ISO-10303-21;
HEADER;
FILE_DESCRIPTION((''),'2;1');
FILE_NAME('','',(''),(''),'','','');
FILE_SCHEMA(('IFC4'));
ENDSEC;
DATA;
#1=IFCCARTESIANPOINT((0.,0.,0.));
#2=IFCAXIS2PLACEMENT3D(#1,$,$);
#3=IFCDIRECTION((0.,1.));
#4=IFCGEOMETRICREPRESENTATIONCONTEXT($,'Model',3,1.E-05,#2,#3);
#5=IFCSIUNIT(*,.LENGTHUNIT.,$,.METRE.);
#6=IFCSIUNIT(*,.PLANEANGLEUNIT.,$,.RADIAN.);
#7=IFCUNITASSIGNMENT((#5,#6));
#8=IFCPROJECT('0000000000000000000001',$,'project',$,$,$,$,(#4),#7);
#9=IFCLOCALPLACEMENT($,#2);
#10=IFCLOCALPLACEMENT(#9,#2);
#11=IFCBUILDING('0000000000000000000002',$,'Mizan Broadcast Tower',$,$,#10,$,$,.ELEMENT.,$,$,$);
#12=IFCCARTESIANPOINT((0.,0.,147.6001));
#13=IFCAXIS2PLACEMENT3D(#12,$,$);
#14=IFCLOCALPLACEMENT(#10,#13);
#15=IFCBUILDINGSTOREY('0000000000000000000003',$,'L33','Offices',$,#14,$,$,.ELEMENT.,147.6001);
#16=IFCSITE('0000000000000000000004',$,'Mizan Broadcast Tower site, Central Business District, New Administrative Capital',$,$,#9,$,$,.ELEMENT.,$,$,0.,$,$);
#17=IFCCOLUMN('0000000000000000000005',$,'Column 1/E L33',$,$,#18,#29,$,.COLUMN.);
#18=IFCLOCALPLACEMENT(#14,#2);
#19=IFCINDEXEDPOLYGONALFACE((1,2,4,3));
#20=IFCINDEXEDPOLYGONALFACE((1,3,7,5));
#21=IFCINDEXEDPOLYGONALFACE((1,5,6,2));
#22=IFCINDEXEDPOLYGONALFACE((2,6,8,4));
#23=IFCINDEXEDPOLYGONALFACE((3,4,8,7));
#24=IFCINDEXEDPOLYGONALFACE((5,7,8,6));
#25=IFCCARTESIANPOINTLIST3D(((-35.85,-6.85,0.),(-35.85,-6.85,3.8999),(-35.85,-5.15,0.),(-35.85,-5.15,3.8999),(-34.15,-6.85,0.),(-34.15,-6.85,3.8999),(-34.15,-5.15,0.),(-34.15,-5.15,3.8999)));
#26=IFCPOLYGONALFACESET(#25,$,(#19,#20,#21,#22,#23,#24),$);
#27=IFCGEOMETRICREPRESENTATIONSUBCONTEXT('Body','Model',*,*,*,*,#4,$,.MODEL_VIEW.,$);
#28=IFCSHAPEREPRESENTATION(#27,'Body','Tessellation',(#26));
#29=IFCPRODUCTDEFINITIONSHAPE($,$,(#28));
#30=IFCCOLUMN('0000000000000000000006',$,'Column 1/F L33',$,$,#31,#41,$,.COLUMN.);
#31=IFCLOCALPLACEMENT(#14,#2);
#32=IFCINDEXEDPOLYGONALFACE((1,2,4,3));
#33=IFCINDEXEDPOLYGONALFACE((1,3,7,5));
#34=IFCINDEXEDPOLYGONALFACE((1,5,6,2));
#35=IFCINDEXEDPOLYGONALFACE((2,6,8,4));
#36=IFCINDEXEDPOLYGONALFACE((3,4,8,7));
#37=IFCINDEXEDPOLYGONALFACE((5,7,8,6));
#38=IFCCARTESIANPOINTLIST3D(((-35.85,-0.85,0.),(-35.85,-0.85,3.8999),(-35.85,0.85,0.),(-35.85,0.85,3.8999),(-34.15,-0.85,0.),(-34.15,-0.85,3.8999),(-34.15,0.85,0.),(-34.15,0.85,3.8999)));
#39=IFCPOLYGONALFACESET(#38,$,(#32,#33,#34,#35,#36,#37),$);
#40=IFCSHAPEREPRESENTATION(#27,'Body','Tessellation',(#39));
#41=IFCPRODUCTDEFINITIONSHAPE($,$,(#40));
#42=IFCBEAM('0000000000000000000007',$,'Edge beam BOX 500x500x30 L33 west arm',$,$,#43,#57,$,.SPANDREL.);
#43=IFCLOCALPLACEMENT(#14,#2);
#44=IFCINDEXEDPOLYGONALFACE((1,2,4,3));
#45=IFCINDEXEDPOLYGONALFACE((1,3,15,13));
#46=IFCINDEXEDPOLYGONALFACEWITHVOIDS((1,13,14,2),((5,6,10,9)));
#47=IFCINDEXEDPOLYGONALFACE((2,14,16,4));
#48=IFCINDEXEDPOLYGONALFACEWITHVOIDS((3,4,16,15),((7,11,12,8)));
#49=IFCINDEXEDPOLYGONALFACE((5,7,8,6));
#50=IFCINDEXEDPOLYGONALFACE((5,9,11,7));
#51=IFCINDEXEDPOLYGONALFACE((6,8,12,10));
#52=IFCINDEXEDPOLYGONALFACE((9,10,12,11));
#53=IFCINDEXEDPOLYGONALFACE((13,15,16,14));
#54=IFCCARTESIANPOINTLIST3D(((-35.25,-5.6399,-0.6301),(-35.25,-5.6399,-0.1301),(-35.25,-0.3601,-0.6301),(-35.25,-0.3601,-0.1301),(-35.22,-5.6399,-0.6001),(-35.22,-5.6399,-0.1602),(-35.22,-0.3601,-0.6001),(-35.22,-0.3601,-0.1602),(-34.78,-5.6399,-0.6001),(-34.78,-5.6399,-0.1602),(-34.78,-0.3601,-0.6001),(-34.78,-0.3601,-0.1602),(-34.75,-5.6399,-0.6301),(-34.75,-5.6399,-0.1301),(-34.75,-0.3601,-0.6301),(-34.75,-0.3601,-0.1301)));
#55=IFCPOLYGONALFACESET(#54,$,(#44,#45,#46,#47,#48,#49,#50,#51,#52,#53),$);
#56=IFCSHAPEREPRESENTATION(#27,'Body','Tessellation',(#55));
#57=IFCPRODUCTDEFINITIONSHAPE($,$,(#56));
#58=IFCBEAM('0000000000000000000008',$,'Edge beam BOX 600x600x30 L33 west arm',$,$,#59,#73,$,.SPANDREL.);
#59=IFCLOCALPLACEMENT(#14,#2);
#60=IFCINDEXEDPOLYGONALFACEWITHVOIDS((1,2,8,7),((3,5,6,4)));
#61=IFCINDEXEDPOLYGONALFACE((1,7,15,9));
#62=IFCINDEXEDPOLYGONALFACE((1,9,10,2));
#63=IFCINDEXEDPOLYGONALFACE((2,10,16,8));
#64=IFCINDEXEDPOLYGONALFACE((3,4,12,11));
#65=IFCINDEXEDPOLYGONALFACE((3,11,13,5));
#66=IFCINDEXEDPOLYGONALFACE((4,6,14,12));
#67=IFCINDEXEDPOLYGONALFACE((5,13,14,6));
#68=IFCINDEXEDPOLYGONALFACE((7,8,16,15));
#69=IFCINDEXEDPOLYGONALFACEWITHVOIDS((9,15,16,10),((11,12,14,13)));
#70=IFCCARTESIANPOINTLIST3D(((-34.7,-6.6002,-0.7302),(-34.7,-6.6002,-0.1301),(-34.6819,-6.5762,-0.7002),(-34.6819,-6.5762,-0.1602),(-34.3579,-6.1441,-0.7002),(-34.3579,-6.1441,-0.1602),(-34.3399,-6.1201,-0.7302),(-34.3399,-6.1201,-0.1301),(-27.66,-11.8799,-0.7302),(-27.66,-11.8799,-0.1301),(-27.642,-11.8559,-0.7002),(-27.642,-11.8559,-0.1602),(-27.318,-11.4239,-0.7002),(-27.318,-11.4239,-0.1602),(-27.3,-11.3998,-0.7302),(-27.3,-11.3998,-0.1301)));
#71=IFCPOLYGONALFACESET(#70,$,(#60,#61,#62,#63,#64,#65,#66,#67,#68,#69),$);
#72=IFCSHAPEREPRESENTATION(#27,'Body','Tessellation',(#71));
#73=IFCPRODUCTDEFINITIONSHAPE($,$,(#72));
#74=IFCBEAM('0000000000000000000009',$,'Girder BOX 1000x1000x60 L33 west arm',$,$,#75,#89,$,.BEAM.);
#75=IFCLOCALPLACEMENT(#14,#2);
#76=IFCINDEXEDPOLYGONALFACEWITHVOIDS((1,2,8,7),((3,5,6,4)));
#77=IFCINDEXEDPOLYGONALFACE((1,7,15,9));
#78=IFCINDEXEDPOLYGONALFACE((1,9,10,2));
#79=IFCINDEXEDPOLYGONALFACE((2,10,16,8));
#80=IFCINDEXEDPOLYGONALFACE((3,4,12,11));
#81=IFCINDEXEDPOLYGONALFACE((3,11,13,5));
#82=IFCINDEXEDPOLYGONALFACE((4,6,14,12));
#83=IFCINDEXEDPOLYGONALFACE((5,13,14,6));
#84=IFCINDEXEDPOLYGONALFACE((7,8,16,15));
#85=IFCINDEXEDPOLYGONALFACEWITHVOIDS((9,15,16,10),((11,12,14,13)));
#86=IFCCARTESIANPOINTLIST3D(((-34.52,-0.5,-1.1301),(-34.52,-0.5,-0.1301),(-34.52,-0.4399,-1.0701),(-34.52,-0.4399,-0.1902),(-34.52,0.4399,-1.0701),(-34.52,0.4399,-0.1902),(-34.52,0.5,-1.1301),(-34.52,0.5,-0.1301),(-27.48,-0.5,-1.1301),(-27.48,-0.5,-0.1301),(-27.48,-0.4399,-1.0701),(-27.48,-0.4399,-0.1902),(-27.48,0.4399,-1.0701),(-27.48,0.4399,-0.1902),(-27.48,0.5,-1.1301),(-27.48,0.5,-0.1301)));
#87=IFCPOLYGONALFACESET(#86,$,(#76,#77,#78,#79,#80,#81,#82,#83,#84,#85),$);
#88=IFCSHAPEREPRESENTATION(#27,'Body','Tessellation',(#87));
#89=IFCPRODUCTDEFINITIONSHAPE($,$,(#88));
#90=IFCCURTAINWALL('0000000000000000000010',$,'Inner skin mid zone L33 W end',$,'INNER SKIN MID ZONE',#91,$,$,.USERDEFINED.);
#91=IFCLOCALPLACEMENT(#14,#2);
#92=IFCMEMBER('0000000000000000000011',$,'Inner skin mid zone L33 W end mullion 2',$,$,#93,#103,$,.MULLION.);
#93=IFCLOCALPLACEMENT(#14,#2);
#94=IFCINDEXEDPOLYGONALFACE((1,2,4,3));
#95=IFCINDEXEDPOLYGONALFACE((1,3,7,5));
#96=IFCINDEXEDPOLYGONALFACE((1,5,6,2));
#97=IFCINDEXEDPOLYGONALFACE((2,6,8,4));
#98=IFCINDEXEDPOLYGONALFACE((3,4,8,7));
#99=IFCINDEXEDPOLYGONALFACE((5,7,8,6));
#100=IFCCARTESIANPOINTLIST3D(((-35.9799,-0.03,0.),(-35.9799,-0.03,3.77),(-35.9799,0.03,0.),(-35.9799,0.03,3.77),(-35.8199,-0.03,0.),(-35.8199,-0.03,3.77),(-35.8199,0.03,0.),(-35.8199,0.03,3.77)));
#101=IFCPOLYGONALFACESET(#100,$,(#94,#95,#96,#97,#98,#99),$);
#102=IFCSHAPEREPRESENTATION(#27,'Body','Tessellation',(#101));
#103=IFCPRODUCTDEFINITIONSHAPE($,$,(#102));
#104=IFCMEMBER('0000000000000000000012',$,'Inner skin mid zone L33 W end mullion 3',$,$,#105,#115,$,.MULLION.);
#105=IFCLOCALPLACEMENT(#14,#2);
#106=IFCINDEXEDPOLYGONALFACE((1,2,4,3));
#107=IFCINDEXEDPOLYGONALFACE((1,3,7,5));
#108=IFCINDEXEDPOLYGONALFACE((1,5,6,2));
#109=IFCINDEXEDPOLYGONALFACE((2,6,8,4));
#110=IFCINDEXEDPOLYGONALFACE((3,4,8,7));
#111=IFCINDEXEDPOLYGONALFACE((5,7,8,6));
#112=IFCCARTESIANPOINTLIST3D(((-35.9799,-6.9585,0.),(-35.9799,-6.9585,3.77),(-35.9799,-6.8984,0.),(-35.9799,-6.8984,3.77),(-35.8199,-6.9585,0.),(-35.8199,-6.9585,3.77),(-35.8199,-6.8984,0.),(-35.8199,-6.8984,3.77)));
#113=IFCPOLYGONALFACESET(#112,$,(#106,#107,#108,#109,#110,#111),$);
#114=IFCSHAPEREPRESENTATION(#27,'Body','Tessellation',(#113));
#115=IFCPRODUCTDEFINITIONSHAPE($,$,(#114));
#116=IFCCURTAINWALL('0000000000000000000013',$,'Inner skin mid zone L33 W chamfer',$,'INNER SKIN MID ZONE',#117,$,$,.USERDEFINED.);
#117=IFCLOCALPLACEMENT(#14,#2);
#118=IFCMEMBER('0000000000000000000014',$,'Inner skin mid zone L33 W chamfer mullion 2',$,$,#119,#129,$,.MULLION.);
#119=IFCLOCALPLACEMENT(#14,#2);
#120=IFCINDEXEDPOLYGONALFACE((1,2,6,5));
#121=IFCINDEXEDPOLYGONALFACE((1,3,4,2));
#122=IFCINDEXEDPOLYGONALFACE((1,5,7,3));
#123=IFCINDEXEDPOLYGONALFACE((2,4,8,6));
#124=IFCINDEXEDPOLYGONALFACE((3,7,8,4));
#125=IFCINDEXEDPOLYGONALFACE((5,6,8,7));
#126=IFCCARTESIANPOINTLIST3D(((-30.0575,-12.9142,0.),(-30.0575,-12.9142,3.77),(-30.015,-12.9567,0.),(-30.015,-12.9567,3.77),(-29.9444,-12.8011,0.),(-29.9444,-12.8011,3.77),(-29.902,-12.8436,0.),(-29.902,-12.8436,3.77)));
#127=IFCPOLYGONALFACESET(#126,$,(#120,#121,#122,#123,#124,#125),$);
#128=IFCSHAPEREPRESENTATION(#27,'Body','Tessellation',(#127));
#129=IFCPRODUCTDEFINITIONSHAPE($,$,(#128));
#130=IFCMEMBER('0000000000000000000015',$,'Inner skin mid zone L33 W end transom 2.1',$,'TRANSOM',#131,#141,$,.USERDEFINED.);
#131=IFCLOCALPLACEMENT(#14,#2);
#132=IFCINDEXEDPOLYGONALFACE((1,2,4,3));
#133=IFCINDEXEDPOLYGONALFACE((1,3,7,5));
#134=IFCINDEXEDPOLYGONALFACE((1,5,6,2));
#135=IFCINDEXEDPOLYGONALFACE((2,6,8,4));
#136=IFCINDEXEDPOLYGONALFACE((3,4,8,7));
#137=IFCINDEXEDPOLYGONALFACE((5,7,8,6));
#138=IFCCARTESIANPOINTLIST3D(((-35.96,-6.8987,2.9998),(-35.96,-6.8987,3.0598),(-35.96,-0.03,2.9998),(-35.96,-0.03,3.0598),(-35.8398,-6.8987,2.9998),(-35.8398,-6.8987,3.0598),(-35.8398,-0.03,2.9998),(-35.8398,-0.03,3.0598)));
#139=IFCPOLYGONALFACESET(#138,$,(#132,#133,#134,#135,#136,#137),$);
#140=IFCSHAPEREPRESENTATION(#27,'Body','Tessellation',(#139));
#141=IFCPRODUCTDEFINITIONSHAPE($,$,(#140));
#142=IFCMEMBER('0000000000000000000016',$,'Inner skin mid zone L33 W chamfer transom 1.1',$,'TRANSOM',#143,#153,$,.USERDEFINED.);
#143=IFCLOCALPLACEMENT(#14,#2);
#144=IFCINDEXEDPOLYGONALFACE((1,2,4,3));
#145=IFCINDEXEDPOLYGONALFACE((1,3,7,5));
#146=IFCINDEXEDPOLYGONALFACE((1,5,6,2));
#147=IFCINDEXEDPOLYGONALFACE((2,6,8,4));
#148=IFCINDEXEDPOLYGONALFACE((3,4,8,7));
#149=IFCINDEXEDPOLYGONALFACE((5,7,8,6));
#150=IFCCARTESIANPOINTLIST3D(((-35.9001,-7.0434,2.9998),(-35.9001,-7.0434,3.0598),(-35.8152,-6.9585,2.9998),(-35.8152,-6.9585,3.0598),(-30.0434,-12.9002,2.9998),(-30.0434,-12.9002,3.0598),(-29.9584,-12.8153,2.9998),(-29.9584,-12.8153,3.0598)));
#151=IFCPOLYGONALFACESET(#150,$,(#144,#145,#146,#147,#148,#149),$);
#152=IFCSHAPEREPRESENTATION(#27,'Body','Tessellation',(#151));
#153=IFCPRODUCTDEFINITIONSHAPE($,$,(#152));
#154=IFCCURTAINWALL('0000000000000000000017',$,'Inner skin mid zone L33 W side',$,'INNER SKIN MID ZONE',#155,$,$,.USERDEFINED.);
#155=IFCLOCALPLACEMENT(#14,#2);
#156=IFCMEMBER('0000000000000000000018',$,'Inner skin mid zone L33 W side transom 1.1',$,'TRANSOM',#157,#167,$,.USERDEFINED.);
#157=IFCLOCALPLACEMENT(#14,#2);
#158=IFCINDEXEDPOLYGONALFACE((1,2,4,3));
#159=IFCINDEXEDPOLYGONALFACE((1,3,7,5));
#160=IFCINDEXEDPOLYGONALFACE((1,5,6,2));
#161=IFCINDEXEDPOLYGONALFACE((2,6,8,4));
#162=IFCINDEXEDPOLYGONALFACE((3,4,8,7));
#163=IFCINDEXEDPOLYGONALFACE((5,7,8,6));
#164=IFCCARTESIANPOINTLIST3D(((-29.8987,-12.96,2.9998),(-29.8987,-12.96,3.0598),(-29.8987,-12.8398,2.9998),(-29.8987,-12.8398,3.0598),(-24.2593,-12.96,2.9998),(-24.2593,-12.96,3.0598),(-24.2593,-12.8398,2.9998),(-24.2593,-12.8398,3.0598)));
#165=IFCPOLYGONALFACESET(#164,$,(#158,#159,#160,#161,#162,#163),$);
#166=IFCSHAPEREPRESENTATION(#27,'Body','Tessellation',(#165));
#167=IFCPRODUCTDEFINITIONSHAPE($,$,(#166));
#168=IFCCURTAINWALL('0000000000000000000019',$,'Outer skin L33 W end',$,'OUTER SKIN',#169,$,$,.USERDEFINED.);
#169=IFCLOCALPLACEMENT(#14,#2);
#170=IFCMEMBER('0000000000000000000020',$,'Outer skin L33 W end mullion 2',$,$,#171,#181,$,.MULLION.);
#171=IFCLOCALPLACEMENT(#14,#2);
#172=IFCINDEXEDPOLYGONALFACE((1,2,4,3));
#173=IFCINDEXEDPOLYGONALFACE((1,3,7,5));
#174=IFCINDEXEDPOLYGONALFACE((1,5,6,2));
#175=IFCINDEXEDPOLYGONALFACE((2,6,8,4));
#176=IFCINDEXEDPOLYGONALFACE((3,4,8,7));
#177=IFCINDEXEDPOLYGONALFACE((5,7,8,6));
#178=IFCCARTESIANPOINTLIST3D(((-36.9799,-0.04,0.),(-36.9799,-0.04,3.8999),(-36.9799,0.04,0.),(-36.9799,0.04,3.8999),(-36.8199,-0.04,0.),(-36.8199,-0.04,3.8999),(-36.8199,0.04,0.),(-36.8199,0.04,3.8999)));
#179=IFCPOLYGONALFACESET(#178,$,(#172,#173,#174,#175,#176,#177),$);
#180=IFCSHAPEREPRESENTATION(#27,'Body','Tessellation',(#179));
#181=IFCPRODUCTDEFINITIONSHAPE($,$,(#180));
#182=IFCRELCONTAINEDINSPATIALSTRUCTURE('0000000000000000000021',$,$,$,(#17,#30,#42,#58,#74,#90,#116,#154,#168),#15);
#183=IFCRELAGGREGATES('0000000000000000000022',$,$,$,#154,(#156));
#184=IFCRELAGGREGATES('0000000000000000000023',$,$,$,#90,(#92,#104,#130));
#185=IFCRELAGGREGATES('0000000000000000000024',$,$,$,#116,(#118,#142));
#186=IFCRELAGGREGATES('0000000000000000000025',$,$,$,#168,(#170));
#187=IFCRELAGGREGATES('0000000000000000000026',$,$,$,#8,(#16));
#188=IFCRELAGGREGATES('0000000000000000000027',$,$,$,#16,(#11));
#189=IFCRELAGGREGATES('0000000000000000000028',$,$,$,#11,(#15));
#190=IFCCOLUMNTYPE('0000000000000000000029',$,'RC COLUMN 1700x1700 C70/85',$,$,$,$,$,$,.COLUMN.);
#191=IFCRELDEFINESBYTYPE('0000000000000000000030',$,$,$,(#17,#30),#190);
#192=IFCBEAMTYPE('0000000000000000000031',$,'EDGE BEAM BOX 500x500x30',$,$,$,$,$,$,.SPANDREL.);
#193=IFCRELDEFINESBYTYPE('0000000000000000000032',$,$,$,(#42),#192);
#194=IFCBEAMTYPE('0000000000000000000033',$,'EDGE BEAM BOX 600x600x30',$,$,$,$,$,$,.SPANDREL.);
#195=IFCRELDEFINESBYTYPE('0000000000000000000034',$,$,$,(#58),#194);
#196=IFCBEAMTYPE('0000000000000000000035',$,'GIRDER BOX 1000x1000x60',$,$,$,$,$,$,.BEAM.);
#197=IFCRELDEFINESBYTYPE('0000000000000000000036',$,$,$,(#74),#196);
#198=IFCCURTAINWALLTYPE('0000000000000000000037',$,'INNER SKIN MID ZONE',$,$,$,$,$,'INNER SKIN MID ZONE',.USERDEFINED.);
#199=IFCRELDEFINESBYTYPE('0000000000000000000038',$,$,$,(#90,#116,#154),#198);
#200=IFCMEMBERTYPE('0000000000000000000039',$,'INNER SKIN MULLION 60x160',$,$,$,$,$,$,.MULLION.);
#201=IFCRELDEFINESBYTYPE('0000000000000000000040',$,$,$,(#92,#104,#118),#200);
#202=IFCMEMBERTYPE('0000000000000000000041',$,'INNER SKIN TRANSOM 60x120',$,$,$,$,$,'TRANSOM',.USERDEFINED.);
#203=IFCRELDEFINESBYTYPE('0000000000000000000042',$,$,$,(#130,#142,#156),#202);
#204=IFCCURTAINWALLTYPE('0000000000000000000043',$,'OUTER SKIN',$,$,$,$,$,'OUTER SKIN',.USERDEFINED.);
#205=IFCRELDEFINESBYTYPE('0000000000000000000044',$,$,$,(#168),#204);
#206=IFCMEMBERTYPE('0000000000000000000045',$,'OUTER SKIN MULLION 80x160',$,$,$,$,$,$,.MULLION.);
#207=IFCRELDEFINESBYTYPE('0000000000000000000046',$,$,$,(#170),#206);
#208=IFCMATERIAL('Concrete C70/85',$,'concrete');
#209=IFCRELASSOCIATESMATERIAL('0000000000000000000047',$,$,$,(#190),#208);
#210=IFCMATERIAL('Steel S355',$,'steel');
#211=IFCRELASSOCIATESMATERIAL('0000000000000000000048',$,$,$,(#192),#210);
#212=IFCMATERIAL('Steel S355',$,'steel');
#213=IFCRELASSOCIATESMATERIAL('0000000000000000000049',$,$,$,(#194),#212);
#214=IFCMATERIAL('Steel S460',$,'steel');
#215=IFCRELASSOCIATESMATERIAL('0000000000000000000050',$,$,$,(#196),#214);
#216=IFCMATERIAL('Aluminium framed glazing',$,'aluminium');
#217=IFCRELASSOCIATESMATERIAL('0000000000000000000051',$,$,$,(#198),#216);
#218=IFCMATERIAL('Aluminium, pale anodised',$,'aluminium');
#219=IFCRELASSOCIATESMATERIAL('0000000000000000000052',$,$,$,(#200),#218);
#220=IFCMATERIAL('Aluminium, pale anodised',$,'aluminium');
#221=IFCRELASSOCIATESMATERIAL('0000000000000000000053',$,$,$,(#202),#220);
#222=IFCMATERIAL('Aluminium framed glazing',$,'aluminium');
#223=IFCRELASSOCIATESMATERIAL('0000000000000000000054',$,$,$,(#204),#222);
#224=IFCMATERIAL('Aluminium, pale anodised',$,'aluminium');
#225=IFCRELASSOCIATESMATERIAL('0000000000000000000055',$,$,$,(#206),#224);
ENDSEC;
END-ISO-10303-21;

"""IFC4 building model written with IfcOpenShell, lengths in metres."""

from ifc_helpers import new_model, si_unit, direction, frame, origin, origin_2d, place, context, subcontext, project, spatial, rectangle, hollow_rectangle, extrude, material, material_profile, profile_set, type_object, element, aggregate, save


model = new_model("IFC4")

# Units and contexts
model_context = context("Model", 3, precision=1e-05, world=origin(), true_north=direction((0.0, 1.0)))
body_context = subcontext(model_context, "Body", "Model", "MODEL_VIEW")
ifc_project = project(units=[si_unit("LENGTHUNIT", "METRE"), si_unit("PLANEANGLEUNIT", "RADIAN")], contexts=[model_context])

# Site, building, storey
site_placement = place(None, origin())
site = spatial("IfcSite", under=ifc_project, at=site_placement, Name="Mizan Broadcast Tower site, Central Business District, New Administrative Capital", CompositionType="ELEMENT", RefElevation=0.0)
building_placement = place(site_placement, origin())
building = spatial("IfcBuilding", under=site, at=building_placement, Name="Mizan Broadcast Tower", CompositionType="ELEMENT")
storey_placement = place(building_placement, frame((0.0, 0.0, 147.6001)))
storey = spatial("IfcBuildingStorey", under=building, at=storey_placement, Name="L33", Description="Offices", CompositionType="ELEMENT", Elevation=147.6001)

# Columns
ifc_material_1 = material(Name="Concrete C70/85", Category="concrete")
ifc_material_profile_1 = material_profile(ifc_material_1, rectangle(XDim=1.7, YDim=1.7, at=origin_2d()), Name="RC 1700x1700")
ifc_profile_set_1 = profile_set([ifc_material_profile_1], Name="Concrete C70/85")
column_type = type_object("IfcColumnType", Name="RC COLUMN 1700x1700 C70/85", PredefinedType="COLUMN", material=ifc_profile_set_1)
for number, where, z_axis, x_axis, name in (
    (1, (-35.0, -6.0, 0.0), (0.0, 0.0, 1.0), (1.0, 0.0, 0.0), "Column 1/E L33"),
    (2, (-35.0, 0.0, 0.0), (0.0, 0.0, 1.0), (1.0, 0.0, 0.0), "Column 1/F L33"),
):
    element("IfcColumn", number, at=place(storey_placement, frame(where, z_axis=z_axis, x_axis=x_axis)), inside=storey, type_object=column_type, Name=name, PredefinedType="COLUMN", context=body_context, shape_type="SweptSolid", body=[
        extrude(rectangle(XDim=1.7, YDim=1.7, at=origin_2d()), origin(), (0.0, 0.0, 1.0), 3.8999),
    ])

# Beams
ifc_material_2 = material(Name="Steel S355", Category="steel")
ifc_material_profile_2 = material_profile(ifc_material_2, hollow_rectangle(XDim=0.5, YDim=0.5, WallThickness=0.03, at=origin_2d()), Name="BOX 500x500x30")
ifc_profile_set_2 = profile_set([ifc_material_profile_2], Name="Steel S355")
beam_type_1 = type_object("IfcBeamType", Name="EDGE BEAM BOX 500x500x30", PredefinedType="SPANDREL", material=ifc_profile_set_2)
beam_1_placement = place(storey_placement, frame((-35.0, -5.6399, -0.3801), z_axis=(0.0, 1.0, 0.0), x_axis=(-1.0, 0.0, 0.0)))
element("IfcBeam", 3, at=beam_1_placement, inside=storey, type_object=beam_type_1, Name="Edge beam BOX 500x500x30 L33 west arm", PredefinedType="SPANDREL", context=body_context, shape_type="SweptSolid", body=[
    extrude(hollow_rectangle(XDim=0.5, YDim=0.5, WallThickness=0.03, at=origin_2d()), origin(), (0.0, 0.0, 1.0), 5.2798),
])
ifc_material_3 = material(Name="Steel S355", Category="steel")
ifc_material_profile_3 = material_profile(ifc_material_3, hollow_rectangle(XDim=0.6001, YDim=0.6001, WallThickness=0.03, at=origin_2d()), Name="BOX 600x600x30")
ifc_profile_set_3 = profile_set([ifc_material_profile_3], Name="Steel S355")
beam_type_2 = type_object("IfcBeamType", Name="EDGE BEAM BOX 600x600x30", PredefinedType="SPANDREL", material=ifc_profile_set_3)
beam_2_placement = place(storey_placement, frame((-27.48, -11.6399, -0.4302), z_axis=(-0.800013, 0.599982, 0.0), x_axis=(-0.599982, -0.800013, 0.0)))
element("IfcBeam", 4, at=beam_2_placement, inside=storey, type_object=beam_type_2, Name="Edge beam BOX 600x600x30 L33 west arm", PredefinedType="SPANDREL", context=body_context, shape_type="SweptSolid", body=[
    extrude(hollow_rectangle(XDim=0.6001, YDim=0.6001, WallThickness=0.03, at=origin_2d()), origin(), (0.0, 0.0, 1.0), 8.7998),
])
ifc_material_4 = material(Name="Steel S460", Category="steel")
ifc_material_profile_4 = material_profile(ifc_material_4, hollow_rectangle(XDim=1.0, YDim=1.0, WallThickness=0.0601, at=origin_2d()), Name="BOX 1000x1000x60")
ifc_profile_set_4 = profile_set([ifc_material_profile_4], Name="Steel S460")
beam_type_3 = type_object("IfcBeamType", Name="GIRDER BOX 1000x1000x60", PredefinedType="BEAM", material=ifc_profile_set_4)
beam_3_placement = place(storey_placement, frame((-27.48, 0.0, -0.6301), z_axis=(-1.0, 0.0, 0.0), x_axis=(0.0, -1.0, 0.0)))
element("IfcBeam", 5, at=beam_3_placement, inside=storey, type_object=beam_type_3, Name="Girder BOX 1000x1000x60 L33 west arm", PredefinedType="BEAM", context=body_context, shape_type="SweptSolid", body=[
    extrude(hollow_rectangle(XDim=1.0, YDim=1.0, WallThickness=0.0601, at=origin_2d()), origin(), (0.0, 0.0, 1.0), 7.04),
])

# Curtain wall, members
ifc_material_5 = material(Name="Aluminium framed glazing", Category="aluminium")
curtain_wall_type_1 = type_object("IfcCurtainWallType", Name="INNER SKIN MID ZONE", ElementType="INNER SKIN MID ZONE", PredefinedType="USERDEFINED", material=ifc_material_5)
curtain_wall_1_placement = place(storey_placement, origin())
curtain_wall_1 = element("IfcCurtainWall", 6, at=curtain_wall_1_placement, inside=storey, type_object=curtain_wall_type_1, Name="Inner skin mid zone L33 W end", ObjectType="INNER SKIN MID ZONE", PredefinedType="USERDEFINED")
ifc_material_6 = material(Name="Aluminium, pale anodised", Category="aluminium")
ifc_material_profile_5 = material_profile(ifc_material_6, rectangle(XDim=0.1599, YDim=0.0601, at=origin_2d()), Name="MULLION 160x60")
ifc_profile_set_5 = profile_set([ifc_material_profile_5], Name="Aluminium, pale anodised")
member_type_1 = type_object("IfcMemberType", Name="INNER SKIN MULLION 60x160", PredefinedType="MULLION", material=ifc_profile_set_5)
member_1_placement = place(storey_placement, frame((-35.8999, 0.0, 0.0), z_axis=(0.0, 0.0, 1.0), x_axis=(1.0, 0.0, 0.0)))
member_1 = element("IfcMember", 7, at=member_1_placement, type_object=member_type_1, Name="Inner skin mid zone L33 W end mullion 2", PredefinedType="MULLION", context=body_context, shape_type="SweptSolid", body=[
    extrude(rectangle(XDim=0.1599, YDim=0.0601, at=origin_2d()), origin(), (0.0, 0.0, 1.0), 3.77),
])
member_2_placement = place(storey_placement, frame((-35.8999, -6.9285, 0.0), z_axis=(0.0, 0.0, 1.0), x_axis=(1.0, 0.0, 0.0)))
member_2 = element("IfcMember", 8, at=member_2_placement, type_object=member_type_1, Name="Inner skin mid zone L33 W end mullion 3", PredefinedType="MULLION", context=body_context, shape_type="SweptSolid", body=[
    extrude(rectangle(XDim=0.1599, YDim=0.0601, at=origin_2d()), origin(), (0.0, 0.0, 1.0), 3.77),
])

# Curtain wall, member
curtain_wall_2_placement = place(storey_placement, origin())
curtain_wall_2 = element("IfcCurtainWall", 9, at=curtain_wall_2_placement, inside=storey, type_object=curtain_wall_type_1, Name="Inner skin mid zone L33 W chamfer", ObjectType="INNER SKIN MID ZONE", PredefinedType="USERDEFINED")
member_3_placement = place(storey_placement, frame((-29.9797, -12.8789, 0.0), z_axis=(0.0, 0.0, 1.0), x_axis=(0.707107, 0.707107, 0.0)))
member_3 = element("IfcMember", 10, at=member_3_placement, type_object=member_type_1, Name="Inner skin mid zone L33 W chamfer mullion 2", PredefinedType="MULLION", context=body_context, shape_type="SweptSolid", body=[
    extrude(rectangle(XDim=0.1599, YDim=0.0601, at=origin_2d()), origin(), (0.0, 0.0, 1.0), 3.77),
])

# Members
ifc_material_7 = material(Name="Aluminium, pale anodised", Category="aluminium")
ifc_material_profile_6 = material_profile(ifc_material_7, rectangle(XDim=0.1201, YDim=0.0601, at=origin_2d()), Name="TRANSOM 120x60")
ifc_profile_set_6 = profile_set([ifc_material_profile_6], Name="Aluminium, pale anodised")
member_type_2 = type_object("IfcMemberType", Name="INNER SKIN TRANSOM 60x120", ElementType="TRANSOM", PredefinedType="USERDEFINED", material=ifc_profile_set_6)
member_4_placement = place(storey_placement, frame((-35.8999, -0.03, 3.0298), z_axis=(0.0, -1.0, 0.0), x_axis=(1.0, 0.0, 0.0)))
member_4 = element("IfcMember", 11, at=member_4_placement, type_object=member_type_2, Name="Inner skin mid zone L33 W end transom 2.1", ObjectType="TRANSOM", PredefinedType="USERDEFINED", context=body_context, shape_type="SweptSolid", body=[
    extrude(rectangle(XDim=0.1201, YDim=0.0601, at=origin_2d()), origin(), (0.0, 0.0, 1.0), 6.8687),
])
member_5_placement = place(storey_placement, frame((-35.8577, -7.001, 3.0298), z_axis=(0.707107, -0.707107, 0.0), x_axis=(0.707107, 0.707107, 0.0)))
member_5 = element("IfcMember", 12, at=member_5_placement, type_object=member_type_2, Name="Inner skin mid zone L33 W chamfer transom 1.1", ObjectType="TRANSOM", PredefinedType="USERDEFINED", context=body_context, shape_type="SweptSolid", body=[
    extrude(rectangle(XDim=0.1201, YDim=0.0601, at=origin_2d()), origin(), (0.0, 0.0, 1.0), 8.2827),
])

# Curtain wall, member
curtain_wall_3_placement = place(storey_placement, origin())
curtain_wall_3 = element("IfcCurtainWall", 13, at=curtain_wall_3_placement, inside=storey, type_object=curtain_wall_type_1, Name="Inner skin mid zone L33 W side", ObjectType="INNER SKIN MID ZONE", PredefinedType="USERDEFINED")
member_6_placement = place(storey_placement, frame((-29.8987, -12.8999, 3.0298), z_axis=(1.0, 0.0, 0.0), x_axis=(0.0, 1.0, 0.0)))
member_6 = element("IfcMember", 14, at=member_6_placement, type_object=member_type_2, Name="Inner skin mid zone L33 W side transom 1.1", ObjectType="TRANSOM", PredefinedType="USERDEFINED", context=body_context, shape_type="SweptSolid", body=[
    extrude(rectangle(XDim=0.1201, YDim=0.0601, at=origin_2d()), origin(), (0.0, 0.0, 1.0), 5.6394),
])
aggregate(curtain_wall_3, [member_6])

# Curtain wall, member
ifc_material_8 = material(Name="Aluminium framed glazing", Category="aluminium")
curtain_wall_type_2 = type_object("IfcCurtainWallType", Name="OUTER SKIN", ElementType="OUTER SKIN", PredefinedType="USERDEFINED", material=ifc_material_8)
curtain_wall_4_placement = place(storey_placement, origin())
curtain_wall_4 = element("IfcCurtainWall", 15, at=curtain_wall_4_placement, inside=storey, type_object=curtain_wall_type_2, Name="Outer skin L33 W end", ObjectType="OUTER SKIN", PredefinedType="USERDEFINED")
ifc_material_9 = material(Name="Aluminium, pale anodised", Category="aluminium")
ifc_material_profile_7 = material_profile(ifc_material_9, rectangle(XDim=0.1599, YDim=0.0801, at=origin_2d()), Name="MULLION 160x80")
ifc_profile_set_7 = profile_set([ifc_material_profile_7], Name="Aluminium, pale anodised")
member_type_3 = type_object("IfcMemberType", Name="OUTER SKIN MULLION 80x160", PredefinedType="MULLION", material=ifc_profile_set_7)
member_7_placement = place(storey_placement, frame((-36.8999, 0.0, 0.0), z_axis=(0.0, 0.0, 1.0), x_axis=(1.0, 0.0, 0.0)))
member_7 = element("IfcMember", 16, at=member_7_placement, type_object=member_type_3, Name="Outer skin L33 W end mullion 2", PredefinedType="MULLION", context=body_context, shape_type="SweptSolid", body=[
    extrude(rectangle(XDim=0.1599, YDim=0.0801, at=origin_2d()), origin(), (0.0, 0.0, 1.0), 3.8999),
])

aggregate(curtain_wall_1, [member_1, member_2, member_4])
aggregate(curtain_wall_2, [member_3, member_5])
aggregate(curtain_wall_4, [member_7])

save(model, "model.ifc")
